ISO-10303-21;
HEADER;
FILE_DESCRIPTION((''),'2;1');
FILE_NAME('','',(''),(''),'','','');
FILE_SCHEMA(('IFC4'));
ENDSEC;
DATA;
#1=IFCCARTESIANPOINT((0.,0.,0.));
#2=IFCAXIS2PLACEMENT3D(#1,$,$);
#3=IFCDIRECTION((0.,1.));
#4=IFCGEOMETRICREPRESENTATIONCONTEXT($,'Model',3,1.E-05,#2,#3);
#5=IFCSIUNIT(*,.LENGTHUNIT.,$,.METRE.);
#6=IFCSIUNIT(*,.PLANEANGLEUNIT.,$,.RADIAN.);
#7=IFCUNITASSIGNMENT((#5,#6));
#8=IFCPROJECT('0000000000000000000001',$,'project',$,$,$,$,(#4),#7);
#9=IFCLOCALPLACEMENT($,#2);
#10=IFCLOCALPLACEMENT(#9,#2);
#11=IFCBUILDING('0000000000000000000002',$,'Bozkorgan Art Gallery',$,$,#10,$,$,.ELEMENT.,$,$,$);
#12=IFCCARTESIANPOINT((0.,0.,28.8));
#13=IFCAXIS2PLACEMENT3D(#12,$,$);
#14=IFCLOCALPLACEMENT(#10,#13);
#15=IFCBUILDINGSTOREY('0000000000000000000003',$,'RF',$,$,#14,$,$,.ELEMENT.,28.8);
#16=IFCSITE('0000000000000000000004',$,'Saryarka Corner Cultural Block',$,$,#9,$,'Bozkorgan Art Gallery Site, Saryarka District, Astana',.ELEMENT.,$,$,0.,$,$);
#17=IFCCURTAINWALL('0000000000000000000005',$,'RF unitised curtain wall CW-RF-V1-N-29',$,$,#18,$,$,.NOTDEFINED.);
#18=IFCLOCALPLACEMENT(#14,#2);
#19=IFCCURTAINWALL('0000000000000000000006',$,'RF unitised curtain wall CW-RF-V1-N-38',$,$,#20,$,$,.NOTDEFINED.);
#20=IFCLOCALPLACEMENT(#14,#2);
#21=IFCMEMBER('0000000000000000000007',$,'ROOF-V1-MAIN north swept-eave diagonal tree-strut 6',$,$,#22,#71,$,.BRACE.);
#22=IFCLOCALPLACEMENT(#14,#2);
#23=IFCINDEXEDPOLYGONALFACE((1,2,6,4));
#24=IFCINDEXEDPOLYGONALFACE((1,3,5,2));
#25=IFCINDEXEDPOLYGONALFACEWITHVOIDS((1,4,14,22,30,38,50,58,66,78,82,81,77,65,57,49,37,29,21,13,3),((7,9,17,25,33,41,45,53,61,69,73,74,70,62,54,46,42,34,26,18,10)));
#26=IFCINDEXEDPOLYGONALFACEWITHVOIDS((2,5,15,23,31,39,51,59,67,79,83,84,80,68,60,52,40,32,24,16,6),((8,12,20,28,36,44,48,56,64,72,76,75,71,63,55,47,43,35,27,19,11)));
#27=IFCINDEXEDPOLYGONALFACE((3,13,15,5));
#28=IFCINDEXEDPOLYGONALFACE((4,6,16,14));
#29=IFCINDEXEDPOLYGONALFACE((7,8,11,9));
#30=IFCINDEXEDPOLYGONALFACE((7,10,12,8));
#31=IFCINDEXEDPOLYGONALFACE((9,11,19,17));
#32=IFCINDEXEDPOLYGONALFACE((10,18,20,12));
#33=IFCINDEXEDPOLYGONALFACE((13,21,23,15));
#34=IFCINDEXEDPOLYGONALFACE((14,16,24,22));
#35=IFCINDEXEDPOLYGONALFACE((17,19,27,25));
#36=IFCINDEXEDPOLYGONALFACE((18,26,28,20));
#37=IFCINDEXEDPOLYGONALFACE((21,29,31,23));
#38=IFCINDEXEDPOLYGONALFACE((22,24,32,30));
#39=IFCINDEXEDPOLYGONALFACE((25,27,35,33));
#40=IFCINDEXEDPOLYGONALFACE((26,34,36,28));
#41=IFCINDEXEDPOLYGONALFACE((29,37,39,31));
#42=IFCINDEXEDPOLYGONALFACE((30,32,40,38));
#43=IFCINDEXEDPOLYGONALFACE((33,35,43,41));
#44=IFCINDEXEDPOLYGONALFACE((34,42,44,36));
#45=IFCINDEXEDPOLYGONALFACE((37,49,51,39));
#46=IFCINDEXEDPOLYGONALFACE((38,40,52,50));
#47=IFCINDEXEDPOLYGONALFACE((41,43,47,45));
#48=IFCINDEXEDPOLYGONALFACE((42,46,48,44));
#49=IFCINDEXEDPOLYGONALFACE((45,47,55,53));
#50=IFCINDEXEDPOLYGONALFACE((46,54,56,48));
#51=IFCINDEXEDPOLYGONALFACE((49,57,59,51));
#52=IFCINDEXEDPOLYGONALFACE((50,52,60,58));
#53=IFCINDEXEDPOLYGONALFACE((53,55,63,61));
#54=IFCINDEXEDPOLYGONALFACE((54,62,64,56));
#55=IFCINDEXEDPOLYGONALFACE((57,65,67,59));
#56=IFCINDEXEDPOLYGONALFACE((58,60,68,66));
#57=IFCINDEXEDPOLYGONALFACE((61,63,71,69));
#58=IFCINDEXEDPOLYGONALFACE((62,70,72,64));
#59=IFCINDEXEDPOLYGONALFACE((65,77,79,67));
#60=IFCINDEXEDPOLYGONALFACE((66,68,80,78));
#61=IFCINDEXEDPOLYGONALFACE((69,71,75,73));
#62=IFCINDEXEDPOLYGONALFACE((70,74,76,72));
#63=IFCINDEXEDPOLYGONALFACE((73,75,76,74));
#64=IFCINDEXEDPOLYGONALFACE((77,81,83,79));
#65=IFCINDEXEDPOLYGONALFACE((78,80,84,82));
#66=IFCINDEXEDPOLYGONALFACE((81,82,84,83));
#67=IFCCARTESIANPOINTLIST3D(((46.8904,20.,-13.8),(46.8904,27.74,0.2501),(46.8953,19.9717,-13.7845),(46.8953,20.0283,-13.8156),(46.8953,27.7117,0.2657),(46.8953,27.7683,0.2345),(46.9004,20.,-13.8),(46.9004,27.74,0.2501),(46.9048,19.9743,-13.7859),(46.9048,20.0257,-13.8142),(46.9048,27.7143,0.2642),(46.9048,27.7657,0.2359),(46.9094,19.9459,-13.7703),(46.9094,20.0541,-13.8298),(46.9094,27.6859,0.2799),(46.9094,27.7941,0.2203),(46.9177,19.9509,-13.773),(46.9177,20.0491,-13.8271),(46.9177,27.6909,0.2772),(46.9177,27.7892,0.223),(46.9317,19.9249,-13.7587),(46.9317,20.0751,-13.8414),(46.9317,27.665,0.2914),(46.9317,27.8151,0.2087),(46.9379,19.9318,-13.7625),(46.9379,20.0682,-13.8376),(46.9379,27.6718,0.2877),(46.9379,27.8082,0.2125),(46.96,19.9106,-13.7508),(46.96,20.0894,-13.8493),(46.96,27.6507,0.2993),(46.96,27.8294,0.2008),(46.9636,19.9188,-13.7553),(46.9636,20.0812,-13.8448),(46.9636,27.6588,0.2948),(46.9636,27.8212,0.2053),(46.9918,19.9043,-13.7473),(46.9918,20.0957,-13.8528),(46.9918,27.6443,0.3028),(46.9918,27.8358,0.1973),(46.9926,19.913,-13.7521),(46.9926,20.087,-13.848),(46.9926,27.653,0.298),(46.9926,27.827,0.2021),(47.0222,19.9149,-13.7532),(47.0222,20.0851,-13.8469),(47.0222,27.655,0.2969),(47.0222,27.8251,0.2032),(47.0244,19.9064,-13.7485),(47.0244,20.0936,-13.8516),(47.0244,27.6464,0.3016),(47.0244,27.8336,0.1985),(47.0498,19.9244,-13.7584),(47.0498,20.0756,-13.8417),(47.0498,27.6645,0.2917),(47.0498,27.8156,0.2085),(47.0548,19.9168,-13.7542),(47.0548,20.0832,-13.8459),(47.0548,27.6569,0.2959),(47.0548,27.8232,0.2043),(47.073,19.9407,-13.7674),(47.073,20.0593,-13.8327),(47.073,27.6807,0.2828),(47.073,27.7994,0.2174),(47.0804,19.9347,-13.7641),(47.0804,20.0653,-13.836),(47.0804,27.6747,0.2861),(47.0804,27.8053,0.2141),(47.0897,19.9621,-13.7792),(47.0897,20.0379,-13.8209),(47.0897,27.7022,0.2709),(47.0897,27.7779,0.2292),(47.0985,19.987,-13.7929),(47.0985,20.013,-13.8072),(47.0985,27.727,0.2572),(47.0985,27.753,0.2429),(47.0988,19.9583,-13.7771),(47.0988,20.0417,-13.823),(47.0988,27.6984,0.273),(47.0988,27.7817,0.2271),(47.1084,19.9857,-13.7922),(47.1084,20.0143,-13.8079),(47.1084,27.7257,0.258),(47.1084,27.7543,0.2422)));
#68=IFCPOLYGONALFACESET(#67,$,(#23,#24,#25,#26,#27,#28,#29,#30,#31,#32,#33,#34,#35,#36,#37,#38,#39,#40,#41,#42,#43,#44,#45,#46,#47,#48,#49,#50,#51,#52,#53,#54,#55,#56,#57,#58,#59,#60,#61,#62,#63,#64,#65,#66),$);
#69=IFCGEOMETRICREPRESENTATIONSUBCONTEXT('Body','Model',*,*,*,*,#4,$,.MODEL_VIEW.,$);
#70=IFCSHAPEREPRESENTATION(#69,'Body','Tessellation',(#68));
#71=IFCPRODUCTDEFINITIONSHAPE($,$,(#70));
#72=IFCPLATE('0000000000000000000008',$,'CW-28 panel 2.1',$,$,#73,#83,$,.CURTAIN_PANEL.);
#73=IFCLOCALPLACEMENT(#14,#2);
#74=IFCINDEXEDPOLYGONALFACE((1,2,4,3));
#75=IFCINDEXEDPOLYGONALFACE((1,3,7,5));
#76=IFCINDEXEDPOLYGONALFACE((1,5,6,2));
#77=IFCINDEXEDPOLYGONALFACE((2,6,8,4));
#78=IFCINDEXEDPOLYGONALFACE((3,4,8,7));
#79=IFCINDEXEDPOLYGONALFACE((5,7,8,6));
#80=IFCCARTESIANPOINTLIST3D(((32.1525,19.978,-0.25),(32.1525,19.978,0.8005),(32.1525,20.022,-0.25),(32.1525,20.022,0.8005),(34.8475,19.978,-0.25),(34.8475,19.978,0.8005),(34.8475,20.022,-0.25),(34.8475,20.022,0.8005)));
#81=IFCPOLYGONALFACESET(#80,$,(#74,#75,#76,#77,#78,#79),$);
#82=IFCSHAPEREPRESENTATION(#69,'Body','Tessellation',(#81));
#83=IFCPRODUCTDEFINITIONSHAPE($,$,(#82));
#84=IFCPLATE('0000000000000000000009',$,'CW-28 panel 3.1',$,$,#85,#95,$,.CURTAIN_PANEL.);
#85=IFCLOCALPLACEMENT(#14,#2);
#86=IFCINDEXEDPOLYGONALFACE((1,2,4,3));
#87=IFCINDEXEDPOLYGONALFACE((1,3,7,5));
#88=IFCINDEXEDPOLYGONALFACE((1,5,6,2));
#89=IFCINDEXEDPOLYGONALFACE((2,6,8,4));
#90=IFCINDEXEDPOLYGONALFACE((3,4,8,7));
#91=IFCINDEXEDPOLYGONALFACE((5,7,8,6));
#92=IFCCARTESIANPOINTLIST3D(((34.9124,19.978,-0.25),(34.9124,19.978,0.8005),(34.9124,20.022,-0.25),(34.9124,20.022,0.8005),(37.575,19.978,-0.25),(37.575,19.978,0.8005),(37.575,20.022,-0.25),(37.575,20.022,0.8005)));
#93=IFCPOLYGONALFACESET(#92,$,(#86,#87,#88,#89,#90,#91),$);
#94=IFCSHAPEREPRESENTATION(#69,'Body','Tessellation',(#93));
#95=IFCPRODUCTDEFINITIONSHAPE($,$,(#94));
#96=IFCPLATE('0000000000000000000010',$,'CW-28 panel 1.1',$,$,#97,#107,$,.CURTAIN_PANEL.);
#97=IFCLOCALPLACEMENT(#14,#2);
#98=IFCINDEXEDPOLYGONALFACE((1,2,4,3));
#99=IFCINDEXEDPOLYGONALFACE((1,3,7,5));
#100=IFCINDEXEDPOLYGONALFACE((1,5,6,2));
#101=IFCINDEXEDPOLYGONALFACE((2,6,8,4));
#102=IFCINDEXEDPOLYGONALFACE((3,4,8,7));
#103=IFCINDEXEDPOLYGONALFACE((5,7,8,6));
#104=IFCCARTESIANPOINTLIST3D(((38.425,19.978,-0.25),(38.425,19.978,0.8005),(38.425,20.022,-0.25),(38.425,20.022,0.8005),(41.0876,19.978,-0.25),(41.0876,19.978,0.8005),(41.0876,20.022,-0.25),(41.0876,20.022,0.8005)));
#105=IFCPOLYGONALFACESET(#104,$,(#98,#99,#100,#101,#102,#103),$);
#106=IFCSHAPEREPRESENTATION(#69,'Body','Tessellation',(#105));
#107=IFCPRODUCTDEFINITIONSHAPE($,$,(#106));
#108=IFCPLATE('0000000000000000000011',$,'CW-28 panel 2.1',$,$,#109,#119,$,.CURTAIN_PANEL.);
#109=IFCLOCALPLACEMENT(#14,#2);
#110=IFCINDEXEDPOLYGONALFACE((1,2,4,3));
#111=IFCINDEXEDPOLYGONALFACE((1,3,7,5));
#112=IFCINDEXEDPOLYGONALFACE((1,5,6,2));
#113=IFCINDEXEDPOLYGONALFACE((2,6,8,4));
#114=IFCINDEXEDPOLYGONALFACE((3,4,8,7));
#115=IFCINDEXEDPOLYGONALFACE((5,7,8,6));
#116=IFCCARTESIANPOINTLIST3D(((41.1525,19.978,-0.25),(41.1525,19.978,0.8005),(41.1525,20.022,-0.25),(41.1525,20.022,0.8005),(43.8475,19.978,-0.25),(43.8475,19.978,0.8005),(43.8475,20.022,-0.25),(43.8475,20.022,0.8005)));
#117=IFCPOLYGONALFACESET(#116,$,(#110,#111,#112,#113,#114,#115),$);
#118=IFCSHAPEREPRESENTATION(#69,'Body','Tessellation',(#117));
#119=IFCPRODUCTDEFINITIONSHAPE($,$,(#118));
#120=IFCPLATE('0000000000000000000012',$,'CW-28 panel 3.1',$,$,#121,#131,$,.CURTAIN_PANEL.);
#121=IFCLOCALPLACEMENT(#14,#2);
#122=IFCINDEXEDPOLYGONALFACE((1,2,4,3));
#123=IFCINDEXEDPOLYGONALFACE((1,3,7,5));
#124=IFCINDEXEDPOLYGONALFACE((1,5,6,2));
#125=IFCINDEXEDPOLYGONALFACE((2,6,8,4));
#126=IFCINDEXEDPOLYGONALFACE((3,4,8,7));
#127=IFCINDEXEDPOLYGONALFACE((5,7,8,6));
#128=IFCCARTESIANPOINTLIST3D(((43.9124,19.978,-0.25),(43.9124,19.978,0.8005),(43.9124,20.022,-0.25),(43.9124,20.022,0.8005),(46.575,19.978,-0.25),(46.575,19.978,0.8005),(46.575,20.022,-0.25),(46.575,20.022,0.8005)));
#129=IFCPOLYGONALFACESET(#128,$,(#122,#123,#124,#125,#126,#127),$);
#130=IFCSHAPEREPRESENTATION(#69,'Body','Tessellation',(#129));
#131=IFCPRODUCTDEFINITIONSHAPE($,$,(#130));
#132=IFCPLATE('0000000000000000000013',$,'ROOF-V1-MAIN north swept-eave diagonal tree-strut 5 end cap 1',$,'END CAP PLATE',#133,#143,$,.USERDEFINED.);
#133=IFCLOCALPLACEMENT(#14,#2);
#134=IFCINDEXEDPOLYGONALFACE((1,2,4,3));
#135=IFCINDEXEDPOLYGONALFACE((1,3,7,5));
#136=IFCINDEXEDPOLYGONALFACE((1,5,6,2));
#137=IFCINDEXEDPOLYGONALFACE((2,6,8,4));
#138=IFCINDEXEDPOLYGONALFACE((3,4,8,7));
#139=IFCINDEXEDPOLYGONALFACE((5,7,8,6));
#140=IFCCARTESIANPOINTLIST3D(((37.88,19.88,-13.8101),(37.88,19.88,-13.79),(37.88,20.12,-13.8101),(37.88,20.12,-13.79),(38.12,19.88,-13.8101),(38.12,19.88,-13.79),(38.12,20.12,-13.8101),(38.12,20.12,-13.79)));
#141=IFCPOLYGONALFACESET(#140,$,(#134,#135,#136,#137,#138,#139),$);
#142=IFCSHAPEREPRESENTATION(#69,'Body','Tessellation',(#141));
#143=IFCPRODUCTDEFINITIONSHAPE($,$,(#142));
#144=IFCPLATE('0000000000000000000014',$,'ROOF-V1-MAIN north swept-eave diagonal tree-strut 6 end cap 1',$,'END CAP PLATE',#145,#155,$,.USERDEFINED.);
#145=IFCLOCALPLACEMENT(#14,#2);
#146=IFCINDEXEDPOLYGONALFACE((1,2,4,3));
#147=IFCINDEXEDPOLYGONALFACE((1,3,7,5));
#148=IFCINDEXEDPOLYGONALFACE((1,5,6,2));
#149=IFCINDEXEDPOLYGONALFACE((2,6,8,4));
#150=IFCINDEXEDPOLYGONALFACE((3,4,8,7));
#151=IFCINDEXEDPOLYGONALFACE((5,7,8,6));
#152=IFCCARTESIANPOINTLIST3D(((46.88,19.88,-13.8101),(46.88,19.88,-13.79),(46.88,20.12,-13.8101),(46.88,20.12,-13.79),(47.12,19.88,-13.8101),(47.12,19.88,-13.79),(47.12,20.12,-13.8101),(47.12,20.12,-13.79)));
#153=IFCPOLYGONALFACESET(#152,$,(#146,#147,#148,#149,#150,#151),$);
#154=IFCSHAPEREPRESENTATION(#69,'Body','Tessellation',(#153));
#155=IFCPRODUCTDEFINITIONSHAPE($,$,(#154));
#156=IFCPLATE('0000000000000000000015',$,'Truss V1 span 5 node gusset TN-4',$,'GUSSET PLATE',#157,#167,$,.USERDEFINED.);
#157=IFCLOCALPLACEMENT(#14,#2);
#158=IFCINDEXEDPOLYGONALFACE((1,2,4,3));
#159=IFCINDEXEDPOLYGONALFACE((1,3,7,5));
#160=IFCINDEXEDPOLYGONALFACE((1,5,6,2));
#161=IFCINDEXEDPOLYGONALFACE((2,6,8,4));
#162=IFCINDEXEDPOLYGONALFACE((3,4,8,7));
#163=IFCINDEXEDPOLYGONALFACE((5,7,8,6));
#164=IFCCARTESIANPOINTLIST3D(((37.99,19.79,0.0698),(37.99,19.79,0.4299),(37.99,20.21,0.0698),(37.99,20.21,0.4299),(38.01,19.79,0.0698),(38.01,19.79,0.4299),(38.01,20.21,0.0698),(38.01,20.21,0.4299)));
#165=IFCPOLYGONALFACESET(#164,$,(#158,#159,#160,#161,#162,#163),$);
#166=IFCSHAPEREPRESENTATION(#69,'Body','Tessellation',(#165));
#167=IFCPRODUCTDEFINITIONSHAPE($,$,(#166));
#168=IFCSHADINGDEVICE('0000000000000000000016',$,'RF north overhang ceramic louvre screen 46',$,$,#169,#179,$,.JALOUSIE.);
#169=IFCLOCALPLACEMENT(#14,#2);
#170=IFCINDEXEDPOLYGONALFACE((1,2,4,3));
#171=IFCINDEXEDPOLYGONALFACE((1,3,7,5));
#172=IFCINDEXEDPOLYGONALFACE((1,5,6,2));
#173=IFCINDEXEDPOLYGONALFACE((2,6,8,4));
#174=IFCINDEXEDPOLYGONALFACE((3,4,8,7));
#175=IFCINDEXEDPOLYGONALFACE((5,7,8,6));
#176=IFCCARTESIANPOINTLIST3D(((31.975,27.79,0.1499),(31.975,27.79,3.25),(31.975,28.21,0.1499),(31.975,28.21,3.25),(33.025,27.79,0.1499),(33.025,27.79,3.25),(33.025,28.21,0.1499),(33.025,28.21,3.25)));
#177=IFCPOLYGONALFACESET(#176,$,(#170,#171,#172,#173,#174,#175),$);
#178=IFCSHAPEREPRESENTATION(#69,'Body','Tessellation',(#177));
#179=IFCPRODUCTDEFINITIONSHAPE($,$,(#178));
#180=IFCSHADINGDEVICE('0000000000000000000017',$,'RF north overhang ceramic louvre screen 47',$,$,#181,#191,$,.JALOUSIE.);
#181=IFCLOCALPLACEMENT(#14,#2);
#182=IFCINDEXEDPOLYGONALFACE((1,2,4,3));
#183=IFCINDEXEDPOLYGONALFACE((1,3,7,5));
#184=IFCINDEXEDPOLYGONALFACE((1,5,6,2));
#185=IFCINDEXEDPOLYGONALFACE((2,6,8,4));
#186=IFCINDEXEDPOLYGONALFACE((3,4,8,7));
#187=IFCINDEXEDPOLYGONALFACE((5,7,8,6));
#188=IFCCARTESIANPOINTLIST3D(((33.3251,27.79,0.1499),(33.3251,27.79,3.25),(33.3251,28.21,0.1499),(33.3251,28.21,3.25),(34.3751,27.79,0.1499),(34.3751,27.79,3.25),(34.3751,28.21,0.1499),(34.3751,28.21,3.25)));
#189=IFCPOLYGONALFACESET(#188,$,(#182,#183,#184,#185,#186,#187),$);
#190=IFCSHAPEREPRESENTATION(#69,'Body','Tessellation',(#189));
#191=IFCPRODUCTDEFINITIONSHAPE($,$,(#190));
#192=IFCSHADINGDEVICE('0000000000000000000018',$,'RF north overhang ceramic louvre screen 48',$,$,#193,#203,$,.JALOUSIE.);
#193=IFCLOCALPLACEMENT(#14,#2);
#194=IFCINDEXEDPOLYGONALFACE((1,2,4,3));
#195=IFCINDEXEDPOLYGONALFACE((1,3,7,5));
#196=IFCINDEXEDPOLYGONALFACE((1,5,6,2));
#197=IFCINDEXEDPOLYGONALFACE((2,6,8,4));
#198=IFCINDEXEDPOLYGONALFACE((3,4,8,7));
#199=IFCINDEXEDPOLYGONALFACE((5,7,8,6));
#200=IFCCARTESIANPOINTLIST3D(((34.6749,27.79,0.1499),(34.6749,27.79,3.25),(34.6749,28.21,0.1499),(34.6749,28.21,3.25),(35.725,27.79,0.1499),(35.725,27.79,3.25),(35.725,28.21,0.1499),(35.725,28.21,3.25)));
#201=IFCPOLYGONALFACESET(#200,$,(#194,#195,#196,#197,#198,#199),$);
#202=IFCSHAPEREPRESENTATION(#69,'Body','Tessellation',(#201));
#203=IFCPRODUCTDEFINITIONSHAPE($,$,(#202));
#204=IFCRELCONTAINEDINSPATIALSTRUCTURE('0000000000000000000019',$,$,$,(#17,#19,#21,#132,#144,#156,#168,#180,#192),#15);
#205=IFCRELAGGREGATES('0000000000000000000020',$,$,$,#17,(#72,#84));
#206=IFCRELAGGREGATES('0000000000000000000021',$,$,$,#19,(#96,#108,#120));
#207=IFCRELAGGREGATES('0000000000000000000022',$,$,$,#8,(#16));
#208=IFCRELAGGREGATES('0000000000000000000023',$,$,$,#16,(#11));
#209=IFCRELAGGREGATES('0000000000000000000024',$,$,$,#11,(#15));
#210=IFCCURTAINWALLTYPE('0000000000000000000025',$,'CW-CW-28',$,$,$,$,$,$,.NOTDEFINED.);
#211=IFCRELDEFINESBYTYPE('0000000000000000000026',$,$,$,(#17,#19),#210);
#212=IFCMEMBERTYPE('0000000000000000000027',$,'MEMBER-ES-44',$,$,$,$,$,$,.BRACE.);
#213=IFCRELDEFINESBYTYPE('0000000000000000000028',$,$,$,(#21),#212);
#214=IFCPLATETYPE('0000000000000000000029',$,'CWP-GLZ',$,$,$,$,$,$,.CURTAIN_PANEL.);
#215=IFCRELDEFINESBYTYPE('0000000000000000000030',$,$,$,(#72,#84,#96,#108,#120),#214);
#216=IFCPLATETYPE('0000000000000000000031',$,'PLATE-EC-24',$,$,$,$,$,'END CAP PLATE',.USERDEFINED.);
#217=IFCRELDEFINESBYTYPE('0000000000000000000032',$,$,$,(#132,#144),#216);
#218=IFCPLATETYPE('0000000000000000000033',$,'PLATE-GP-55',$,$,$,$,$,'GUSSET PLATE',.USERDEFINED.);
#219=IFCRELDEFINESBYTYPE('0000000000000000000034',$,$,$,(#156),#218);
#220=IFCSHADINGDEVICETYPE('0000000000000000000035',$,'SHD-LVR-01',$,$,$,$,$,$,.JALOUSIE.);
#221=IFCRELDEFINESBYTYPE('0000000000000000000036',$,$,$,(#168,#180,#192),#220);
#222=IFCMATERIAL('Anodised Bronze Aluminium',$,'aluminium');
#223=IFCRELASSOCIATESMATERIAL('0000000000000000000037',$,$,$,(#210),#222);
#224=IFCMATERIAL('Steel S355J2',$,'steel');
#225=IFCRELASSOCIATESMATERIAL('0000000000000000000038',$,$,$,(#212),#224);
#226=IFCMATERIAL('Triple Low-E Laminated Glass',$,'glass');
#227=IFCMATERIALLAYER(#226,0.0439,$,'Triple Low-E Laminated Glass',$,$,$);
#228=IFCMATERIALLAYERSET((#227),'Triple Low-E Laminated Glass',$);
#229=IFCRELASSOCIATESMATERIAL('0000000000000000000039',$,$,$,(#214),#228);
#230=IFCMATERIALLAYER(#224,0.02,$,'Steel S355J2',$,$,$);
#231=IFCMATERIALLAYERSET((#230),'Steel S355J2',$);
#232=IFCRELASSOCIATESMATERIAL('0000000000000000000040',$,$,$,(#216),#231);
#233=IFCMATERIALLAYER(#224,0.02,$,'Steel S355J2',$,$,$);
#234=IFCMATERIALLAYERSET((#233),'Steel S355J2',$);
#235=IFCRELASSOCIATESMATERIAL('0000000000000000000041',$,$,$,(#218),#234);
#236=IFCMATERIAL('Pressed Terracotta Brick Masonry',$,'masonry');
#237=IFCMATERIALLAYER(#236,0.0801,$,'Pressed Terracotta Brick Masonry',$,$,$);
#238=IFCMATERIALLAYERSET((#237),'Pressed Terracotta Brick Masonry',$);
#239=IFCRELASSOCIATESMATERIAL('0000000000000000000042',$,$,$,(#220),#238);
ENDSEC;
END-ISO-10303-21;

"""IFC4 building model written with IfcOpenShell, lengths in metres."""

from ifc_helpers import new_model, si_unit, direction, frame, origin, origin_2d, place, context, subcontext, project, spatial, rectangle, hollow_circle, extrude, material, layer, layer_set, material_profile, profile_set, type_object, element, aggregate, save


model = new_model("IFC4")

# Units and contexts
model_context = context("Model", 3, precision=1e-05, world=origin(), true_north=direction((0.0, 1.0)))
body_context = subcontext(model_context, "Body", "Model", "MODEL_VIEW")
ifc_project = project(units=[si_unit("LENGTHUNIT", "METRE"), si_unit("PLANEANGLEUNIT", "RADIAN")], contexts=[model_context])

# Site, building, storey
site_placement = place(None, origin())
site = spatial("IfcSite", under=ifc_project, at=site_placement, Name="Saryarka Corner Cultural Block", LongName="Bozkorgan Art Gallery Site, Saryarka District, Astana", CompositionType="ELEMENT", RefElevation=0.0)
building_placement = place(site_placement, origin())
building = spatial("IfcBuilding", under=site, at=building_placement, Name="Bozkorgan Art Gallery", CompositionType="ELEMENT")
storey_placement = place(building_placement, frame((0.0, 0.0, 28.8)))
storey = spatial("IfcBuildingStorey", under=building, at=storey_placement, Name="RF", CompositionType="ELEMENT", Elevation=28.8)

# Curtain walls
ifc_material_1 = material(Name="Anodised Bronze Aluminium", Category="aluminium")
curtain_wall_type = type_object("IfcCurtainWallType", Name="CW-CW-28", PredefinedType="NOTDEFINED", material=ifc_material_1)
curtain_wall_1_placement = place(storey_placement, origin())
curtain_wall_1 = element("IfcCurtainWall", 1, at=curtain_wall_1_placement, inside=storey, type_object=curtain_wall_type, Name="RF unitised curtain wall CW-RF-V1-N-29", PredefinedType="NOTDEFINED")
curtain_wall_2_placement = place(storey_placement, origin())
curtain_wall_2 = element("IfcCurtainWall", 2, at=curtain_wall_2_placement, inside=storey, type_object=curtain_wall_type, Name="RF unitised curtain wall CW-RF-V1-N-38", PredefinedType="NOTDEFINED")

# Member
ifc_material_2 = material(Name="Steel S355J2", Category="steel")
ifc_material_profile_1 = material_profile(ifc_material_2, hollow_circle(Radius=0.1096, WallThickness=0.01, at=origin_2d()), Name="CHS 219.1x10")
ifc_profile_set_1 = profile_set([ifc_material_profile_1], Name="Steel S355J2")
member_type_1 = type_object("IfcMemberType", Name="MEMBER-ES-44", PredefinedType="BRACE", material=ifc_profile_set_1)
for number, where, z_axis, x_axis, name in (
    (3, (47.0, 20.0, -13.8), (0.0, 0.482515, 0.875888), (-1.0, 0.0, 0.0), "ROOF-V1-MAIN north swept-eave diagonal tree-strut 6"),
):
    element("IfcMember", number, at=place(storey_placement, frame(where, z_axis=z_axis, x_axis=x_axis)), inside=storey, type_object=member_type_1, Name=name, PredefinedType="BRACE", context=body_context, shape_type="SweptSolid", body=[
        extrude(hollow_circle(Radius=0.1096, WallThickness=0.01, at=origin_2d()), origin(), (0.0, 0.0, 1.0), 16.041),
    ])

# Plates
ifc_material_3 = material(Name="Triple Low-E Laminated Glass", Category="glass")
ifc_layer_1 = layer(ifc_material_3, 0.0439, Name="Triple Low-E Laminated Glass")
ifc_layer_set_1 = layer_set([ifc_layer_1], Name="Triple Low-E Laminated Glass")
plate_type_1 = type_object("IfcPlateType", Name="CWP-GLZ", PredefinedType="CURTAIN_PANEL", material=ifc_layer_set_1)
plate_1_placement = place(storey_placement, frame((33.5, 20.0, -0.25), z_axis=(0.0, 0.0, 1.0), x_axis=(1.0, 0.0, 0.0)))
plate_1 = element("IfcPlate", 4, at=plate_1_placement, type_object=plate_type_1, Name="CW-28 panel 2.1", PredefinedType="CURTAIN_PANEL", context=body_context, shape_type="SweptSolid", body=[
    extrude(rectangle(XDim=2.6951, YDim=0.0439, at=origin_2d()), origin(), (0.0, 0.0, 1.0), 1.0505),
])
plate_2_placement = place(storey_placement, frame((36.2437, 20.0, -0.25), z_axis=(0.0, 0.0, 1.0), x_axis=(1.0, 0.0, 0.0)))
plate_2 = element("IfcPlate", 5, at=plate_2_placement, type_object=plate_type_1, Name="CW-28 panel 3.1", PredefinedType="CURTAIN_PANEL", context=body_context, shape_type="SweptSolid", body=[
    extrude(rectangle(XDim=2.6626, YDim=0.0439, at=origin_2d()), origin(), (0.0, 0.0, 1.0), 1.0505),
])
aggregate(curtain_wall_1, [plate_1, plate_2])
plate_3_placement = place(storey_placement, frame((39.7563, 20.0, -0.25), z_axis=(0.0, 0.0, 1.0), x_axis=(1.0, 0.0, 0.0)))
plate_3 = element("IfcPlate", 6, at=plate_3_placement, type_object=plate_type_1, Name="CW-28 panel 1.1", PredefinedType="CURTAIN_PANEL", context=body_context, shape_type="SweptSolid", body=[
    extrude(rectangle(XDim=2.6626, YDim=0.0439, at=origin_2d()), origin(), (0.0, 0.0, 1.0), 1.0505),
])
plate_4_placement = place(storey_placement, frame((42.5, 20.0, -0.25), z_axis=(0.0, 0.0, 1.0), x_axis=(1.0, 0.0, 0.0)))
plate_4 = element("IfcPlate", 7, at=plate_4_placement, type_object=plate_type_1, Name="CW-28 panel 2.1", PredefinedType="CURTAIN_PANEL", context=body_context, shape_type="SweptSolid", body=[
    extrude(rectangle(XDim=2.6951, YDim=0.0439, at=origin_2d()), origin(), (0.0, 0.0, 1.0), 1.0505),
])
plate_5_placement = place(storey_placement, frame((45.2437, 20.0, -0.25), z_axis=(0.0, 0.0, 1.0), x_axis=(1.0, 0.0, 0.0)))
plate_5 = element("IfcPlate", 8, at=plate_5_placement, type_object=plate_type_1, Name="CW-28 panel 3.1", PredefinedType="CURTAIN_PANEL", context=body_context, shape_type="SweptSolid", body=[
    extrude(rectangle(XDim=2.6626, YDim=0.0439, at=origin_2d()), origin(), (0.0, 0.0, 1.0), 1.0505),
])
aggregate(curtain_wall_2, [plate_3, plate_4, plate_5])

# Plates
ifc_layer_2 = layer(ifc_material_2, 0.02, Name="Steel S355J2")
ifc_layer_set_2 = layer_set([ifc_layer_2], Name="Steel S355J2")
plate_type_2 = type_object("IfcPlateType", Name="PLATE-EC-24", ElementType="END CAP PLATE", PredefinedType="USERDEFINED", material=ifc_layer_set_2)
for number, where, z_axis, x_axis, name in (
    (9, (38.0, 20.0, -13.8101), (0.0, 0.0, 1.0), (1.0, 0.0, 0.0), "ROOF-V1-MAIN north swept-eave diagonal tree-strut 5 end cap 1"),
    (10, (47.0, 20.0, -13.8101), (0.0, 0.0, 1.0), (1.0, 0.0, 0.0), "ROOF-V1-MAIN north swept-eave diagonal tree-strut 6 end cap 1"),
):
    element("IfcPlate", number, at=place(storey_placement, frame(where, z_axis=z_axis, x_axis=x_axis)), inside=storey, type_object=plate_type_2, Name=name, ObjectType="END CAP PLATE", PredefinedType="USERDEFINED", context=body_context, shape_type="SweptSolid", body=[
        extrude(rectangle(XDim=0.24, YDim=0.24, at=origin_2d()), origin(), (0.0, 0.0, 1.0), 0.02),
    ])
ifc_layer_3 = layer(ifc_material_2, 0.02, Name="Steel S355J2")
ifc_layer_set_3 = layer_set([ifc_layer_3], Name="Steel S355J2")
plate_type_3 = type_object("IfcPlateType", Name="PLATE-GP-55", ElementType="GUSSET PLATE", PredefinedType="USERDEFINED", material=ifc_layer_set_3)
plate_6_placement = place(storey_placement, frame((38.0, 20.0, 0.0698), z_axis=(0.0, 0.0, 1.0), x_axis=(1.0, 0.0, 0.0)))
element("IfcPlate", 11, at=plate_6_placement, inside=storey, type_object=plate_type_3, Name="Truss V1 span 5 node gusset TN-4", ObjectType="GUSSET PLATE", PredefinedType="USERDEFINED", context=body_context, shape_type="SweptSolid", body=[
    extrude(rectangle(XDim=0.02, YDim=0.4199, at=origin_2d()), origin(), (0.0, 0.0, 1.0), 0.3601),
])

# Shading devices
ifc_material_4 = material(Name="Pressed Terracotta Brick Masonry", Category="masonry")
ifc_layer_4 = layer(ifc_material_4, 0.0801, Name="Pressed Terracotta Brick Masonry")
ifc_layer_set_4 = layer_set([ifc_layer_4], Name="Pressed Terracotta Brick Masonry")
shading_device_type = type_object("IfcShadingDeviceType", Name="SHD-LVR-01", PredefinedType="JALOUSIE", material=ifc_layer_set_4)
for number, where, z_axis, x_axis, name in (
    (12, (32.5, 28.0, 0.1499), (0.0, 0.0, 1.0), (1.0, 0.0, 0.0), "RF north overhang ceramic louvre screen 46"),
    (13, (33.8501, 28.0, 0.1499), (0.0, 0.0, 1.0), (1.0, 0.0, 0.0), "RF north overhang ceramic louvre screen 47"),
    (14, (35.2, 28.0, 0.1499), (0.0, 0.0, 1.0), (1.0, 0.0, 0.0), "RF north overhang ceramic louvre screen 48"),
):
    element("IfcShadingDevice", number, at=place(storey_placement, frame(where, z_axis=z_axis, x_axis=x_axis)), inside=storey, type_object=shading_device_type, Name=name, PredefinedType="JALOUSIE", context=body_context, shape_type="SweptSolid", body=[
        extrude(rectangle(XDim=1.05, YDim=0.4199, at=origin_2d()), origin(), (0.0, 0.0, 1.0), 3.1001),
    ])

save(model, "model.ifc")
